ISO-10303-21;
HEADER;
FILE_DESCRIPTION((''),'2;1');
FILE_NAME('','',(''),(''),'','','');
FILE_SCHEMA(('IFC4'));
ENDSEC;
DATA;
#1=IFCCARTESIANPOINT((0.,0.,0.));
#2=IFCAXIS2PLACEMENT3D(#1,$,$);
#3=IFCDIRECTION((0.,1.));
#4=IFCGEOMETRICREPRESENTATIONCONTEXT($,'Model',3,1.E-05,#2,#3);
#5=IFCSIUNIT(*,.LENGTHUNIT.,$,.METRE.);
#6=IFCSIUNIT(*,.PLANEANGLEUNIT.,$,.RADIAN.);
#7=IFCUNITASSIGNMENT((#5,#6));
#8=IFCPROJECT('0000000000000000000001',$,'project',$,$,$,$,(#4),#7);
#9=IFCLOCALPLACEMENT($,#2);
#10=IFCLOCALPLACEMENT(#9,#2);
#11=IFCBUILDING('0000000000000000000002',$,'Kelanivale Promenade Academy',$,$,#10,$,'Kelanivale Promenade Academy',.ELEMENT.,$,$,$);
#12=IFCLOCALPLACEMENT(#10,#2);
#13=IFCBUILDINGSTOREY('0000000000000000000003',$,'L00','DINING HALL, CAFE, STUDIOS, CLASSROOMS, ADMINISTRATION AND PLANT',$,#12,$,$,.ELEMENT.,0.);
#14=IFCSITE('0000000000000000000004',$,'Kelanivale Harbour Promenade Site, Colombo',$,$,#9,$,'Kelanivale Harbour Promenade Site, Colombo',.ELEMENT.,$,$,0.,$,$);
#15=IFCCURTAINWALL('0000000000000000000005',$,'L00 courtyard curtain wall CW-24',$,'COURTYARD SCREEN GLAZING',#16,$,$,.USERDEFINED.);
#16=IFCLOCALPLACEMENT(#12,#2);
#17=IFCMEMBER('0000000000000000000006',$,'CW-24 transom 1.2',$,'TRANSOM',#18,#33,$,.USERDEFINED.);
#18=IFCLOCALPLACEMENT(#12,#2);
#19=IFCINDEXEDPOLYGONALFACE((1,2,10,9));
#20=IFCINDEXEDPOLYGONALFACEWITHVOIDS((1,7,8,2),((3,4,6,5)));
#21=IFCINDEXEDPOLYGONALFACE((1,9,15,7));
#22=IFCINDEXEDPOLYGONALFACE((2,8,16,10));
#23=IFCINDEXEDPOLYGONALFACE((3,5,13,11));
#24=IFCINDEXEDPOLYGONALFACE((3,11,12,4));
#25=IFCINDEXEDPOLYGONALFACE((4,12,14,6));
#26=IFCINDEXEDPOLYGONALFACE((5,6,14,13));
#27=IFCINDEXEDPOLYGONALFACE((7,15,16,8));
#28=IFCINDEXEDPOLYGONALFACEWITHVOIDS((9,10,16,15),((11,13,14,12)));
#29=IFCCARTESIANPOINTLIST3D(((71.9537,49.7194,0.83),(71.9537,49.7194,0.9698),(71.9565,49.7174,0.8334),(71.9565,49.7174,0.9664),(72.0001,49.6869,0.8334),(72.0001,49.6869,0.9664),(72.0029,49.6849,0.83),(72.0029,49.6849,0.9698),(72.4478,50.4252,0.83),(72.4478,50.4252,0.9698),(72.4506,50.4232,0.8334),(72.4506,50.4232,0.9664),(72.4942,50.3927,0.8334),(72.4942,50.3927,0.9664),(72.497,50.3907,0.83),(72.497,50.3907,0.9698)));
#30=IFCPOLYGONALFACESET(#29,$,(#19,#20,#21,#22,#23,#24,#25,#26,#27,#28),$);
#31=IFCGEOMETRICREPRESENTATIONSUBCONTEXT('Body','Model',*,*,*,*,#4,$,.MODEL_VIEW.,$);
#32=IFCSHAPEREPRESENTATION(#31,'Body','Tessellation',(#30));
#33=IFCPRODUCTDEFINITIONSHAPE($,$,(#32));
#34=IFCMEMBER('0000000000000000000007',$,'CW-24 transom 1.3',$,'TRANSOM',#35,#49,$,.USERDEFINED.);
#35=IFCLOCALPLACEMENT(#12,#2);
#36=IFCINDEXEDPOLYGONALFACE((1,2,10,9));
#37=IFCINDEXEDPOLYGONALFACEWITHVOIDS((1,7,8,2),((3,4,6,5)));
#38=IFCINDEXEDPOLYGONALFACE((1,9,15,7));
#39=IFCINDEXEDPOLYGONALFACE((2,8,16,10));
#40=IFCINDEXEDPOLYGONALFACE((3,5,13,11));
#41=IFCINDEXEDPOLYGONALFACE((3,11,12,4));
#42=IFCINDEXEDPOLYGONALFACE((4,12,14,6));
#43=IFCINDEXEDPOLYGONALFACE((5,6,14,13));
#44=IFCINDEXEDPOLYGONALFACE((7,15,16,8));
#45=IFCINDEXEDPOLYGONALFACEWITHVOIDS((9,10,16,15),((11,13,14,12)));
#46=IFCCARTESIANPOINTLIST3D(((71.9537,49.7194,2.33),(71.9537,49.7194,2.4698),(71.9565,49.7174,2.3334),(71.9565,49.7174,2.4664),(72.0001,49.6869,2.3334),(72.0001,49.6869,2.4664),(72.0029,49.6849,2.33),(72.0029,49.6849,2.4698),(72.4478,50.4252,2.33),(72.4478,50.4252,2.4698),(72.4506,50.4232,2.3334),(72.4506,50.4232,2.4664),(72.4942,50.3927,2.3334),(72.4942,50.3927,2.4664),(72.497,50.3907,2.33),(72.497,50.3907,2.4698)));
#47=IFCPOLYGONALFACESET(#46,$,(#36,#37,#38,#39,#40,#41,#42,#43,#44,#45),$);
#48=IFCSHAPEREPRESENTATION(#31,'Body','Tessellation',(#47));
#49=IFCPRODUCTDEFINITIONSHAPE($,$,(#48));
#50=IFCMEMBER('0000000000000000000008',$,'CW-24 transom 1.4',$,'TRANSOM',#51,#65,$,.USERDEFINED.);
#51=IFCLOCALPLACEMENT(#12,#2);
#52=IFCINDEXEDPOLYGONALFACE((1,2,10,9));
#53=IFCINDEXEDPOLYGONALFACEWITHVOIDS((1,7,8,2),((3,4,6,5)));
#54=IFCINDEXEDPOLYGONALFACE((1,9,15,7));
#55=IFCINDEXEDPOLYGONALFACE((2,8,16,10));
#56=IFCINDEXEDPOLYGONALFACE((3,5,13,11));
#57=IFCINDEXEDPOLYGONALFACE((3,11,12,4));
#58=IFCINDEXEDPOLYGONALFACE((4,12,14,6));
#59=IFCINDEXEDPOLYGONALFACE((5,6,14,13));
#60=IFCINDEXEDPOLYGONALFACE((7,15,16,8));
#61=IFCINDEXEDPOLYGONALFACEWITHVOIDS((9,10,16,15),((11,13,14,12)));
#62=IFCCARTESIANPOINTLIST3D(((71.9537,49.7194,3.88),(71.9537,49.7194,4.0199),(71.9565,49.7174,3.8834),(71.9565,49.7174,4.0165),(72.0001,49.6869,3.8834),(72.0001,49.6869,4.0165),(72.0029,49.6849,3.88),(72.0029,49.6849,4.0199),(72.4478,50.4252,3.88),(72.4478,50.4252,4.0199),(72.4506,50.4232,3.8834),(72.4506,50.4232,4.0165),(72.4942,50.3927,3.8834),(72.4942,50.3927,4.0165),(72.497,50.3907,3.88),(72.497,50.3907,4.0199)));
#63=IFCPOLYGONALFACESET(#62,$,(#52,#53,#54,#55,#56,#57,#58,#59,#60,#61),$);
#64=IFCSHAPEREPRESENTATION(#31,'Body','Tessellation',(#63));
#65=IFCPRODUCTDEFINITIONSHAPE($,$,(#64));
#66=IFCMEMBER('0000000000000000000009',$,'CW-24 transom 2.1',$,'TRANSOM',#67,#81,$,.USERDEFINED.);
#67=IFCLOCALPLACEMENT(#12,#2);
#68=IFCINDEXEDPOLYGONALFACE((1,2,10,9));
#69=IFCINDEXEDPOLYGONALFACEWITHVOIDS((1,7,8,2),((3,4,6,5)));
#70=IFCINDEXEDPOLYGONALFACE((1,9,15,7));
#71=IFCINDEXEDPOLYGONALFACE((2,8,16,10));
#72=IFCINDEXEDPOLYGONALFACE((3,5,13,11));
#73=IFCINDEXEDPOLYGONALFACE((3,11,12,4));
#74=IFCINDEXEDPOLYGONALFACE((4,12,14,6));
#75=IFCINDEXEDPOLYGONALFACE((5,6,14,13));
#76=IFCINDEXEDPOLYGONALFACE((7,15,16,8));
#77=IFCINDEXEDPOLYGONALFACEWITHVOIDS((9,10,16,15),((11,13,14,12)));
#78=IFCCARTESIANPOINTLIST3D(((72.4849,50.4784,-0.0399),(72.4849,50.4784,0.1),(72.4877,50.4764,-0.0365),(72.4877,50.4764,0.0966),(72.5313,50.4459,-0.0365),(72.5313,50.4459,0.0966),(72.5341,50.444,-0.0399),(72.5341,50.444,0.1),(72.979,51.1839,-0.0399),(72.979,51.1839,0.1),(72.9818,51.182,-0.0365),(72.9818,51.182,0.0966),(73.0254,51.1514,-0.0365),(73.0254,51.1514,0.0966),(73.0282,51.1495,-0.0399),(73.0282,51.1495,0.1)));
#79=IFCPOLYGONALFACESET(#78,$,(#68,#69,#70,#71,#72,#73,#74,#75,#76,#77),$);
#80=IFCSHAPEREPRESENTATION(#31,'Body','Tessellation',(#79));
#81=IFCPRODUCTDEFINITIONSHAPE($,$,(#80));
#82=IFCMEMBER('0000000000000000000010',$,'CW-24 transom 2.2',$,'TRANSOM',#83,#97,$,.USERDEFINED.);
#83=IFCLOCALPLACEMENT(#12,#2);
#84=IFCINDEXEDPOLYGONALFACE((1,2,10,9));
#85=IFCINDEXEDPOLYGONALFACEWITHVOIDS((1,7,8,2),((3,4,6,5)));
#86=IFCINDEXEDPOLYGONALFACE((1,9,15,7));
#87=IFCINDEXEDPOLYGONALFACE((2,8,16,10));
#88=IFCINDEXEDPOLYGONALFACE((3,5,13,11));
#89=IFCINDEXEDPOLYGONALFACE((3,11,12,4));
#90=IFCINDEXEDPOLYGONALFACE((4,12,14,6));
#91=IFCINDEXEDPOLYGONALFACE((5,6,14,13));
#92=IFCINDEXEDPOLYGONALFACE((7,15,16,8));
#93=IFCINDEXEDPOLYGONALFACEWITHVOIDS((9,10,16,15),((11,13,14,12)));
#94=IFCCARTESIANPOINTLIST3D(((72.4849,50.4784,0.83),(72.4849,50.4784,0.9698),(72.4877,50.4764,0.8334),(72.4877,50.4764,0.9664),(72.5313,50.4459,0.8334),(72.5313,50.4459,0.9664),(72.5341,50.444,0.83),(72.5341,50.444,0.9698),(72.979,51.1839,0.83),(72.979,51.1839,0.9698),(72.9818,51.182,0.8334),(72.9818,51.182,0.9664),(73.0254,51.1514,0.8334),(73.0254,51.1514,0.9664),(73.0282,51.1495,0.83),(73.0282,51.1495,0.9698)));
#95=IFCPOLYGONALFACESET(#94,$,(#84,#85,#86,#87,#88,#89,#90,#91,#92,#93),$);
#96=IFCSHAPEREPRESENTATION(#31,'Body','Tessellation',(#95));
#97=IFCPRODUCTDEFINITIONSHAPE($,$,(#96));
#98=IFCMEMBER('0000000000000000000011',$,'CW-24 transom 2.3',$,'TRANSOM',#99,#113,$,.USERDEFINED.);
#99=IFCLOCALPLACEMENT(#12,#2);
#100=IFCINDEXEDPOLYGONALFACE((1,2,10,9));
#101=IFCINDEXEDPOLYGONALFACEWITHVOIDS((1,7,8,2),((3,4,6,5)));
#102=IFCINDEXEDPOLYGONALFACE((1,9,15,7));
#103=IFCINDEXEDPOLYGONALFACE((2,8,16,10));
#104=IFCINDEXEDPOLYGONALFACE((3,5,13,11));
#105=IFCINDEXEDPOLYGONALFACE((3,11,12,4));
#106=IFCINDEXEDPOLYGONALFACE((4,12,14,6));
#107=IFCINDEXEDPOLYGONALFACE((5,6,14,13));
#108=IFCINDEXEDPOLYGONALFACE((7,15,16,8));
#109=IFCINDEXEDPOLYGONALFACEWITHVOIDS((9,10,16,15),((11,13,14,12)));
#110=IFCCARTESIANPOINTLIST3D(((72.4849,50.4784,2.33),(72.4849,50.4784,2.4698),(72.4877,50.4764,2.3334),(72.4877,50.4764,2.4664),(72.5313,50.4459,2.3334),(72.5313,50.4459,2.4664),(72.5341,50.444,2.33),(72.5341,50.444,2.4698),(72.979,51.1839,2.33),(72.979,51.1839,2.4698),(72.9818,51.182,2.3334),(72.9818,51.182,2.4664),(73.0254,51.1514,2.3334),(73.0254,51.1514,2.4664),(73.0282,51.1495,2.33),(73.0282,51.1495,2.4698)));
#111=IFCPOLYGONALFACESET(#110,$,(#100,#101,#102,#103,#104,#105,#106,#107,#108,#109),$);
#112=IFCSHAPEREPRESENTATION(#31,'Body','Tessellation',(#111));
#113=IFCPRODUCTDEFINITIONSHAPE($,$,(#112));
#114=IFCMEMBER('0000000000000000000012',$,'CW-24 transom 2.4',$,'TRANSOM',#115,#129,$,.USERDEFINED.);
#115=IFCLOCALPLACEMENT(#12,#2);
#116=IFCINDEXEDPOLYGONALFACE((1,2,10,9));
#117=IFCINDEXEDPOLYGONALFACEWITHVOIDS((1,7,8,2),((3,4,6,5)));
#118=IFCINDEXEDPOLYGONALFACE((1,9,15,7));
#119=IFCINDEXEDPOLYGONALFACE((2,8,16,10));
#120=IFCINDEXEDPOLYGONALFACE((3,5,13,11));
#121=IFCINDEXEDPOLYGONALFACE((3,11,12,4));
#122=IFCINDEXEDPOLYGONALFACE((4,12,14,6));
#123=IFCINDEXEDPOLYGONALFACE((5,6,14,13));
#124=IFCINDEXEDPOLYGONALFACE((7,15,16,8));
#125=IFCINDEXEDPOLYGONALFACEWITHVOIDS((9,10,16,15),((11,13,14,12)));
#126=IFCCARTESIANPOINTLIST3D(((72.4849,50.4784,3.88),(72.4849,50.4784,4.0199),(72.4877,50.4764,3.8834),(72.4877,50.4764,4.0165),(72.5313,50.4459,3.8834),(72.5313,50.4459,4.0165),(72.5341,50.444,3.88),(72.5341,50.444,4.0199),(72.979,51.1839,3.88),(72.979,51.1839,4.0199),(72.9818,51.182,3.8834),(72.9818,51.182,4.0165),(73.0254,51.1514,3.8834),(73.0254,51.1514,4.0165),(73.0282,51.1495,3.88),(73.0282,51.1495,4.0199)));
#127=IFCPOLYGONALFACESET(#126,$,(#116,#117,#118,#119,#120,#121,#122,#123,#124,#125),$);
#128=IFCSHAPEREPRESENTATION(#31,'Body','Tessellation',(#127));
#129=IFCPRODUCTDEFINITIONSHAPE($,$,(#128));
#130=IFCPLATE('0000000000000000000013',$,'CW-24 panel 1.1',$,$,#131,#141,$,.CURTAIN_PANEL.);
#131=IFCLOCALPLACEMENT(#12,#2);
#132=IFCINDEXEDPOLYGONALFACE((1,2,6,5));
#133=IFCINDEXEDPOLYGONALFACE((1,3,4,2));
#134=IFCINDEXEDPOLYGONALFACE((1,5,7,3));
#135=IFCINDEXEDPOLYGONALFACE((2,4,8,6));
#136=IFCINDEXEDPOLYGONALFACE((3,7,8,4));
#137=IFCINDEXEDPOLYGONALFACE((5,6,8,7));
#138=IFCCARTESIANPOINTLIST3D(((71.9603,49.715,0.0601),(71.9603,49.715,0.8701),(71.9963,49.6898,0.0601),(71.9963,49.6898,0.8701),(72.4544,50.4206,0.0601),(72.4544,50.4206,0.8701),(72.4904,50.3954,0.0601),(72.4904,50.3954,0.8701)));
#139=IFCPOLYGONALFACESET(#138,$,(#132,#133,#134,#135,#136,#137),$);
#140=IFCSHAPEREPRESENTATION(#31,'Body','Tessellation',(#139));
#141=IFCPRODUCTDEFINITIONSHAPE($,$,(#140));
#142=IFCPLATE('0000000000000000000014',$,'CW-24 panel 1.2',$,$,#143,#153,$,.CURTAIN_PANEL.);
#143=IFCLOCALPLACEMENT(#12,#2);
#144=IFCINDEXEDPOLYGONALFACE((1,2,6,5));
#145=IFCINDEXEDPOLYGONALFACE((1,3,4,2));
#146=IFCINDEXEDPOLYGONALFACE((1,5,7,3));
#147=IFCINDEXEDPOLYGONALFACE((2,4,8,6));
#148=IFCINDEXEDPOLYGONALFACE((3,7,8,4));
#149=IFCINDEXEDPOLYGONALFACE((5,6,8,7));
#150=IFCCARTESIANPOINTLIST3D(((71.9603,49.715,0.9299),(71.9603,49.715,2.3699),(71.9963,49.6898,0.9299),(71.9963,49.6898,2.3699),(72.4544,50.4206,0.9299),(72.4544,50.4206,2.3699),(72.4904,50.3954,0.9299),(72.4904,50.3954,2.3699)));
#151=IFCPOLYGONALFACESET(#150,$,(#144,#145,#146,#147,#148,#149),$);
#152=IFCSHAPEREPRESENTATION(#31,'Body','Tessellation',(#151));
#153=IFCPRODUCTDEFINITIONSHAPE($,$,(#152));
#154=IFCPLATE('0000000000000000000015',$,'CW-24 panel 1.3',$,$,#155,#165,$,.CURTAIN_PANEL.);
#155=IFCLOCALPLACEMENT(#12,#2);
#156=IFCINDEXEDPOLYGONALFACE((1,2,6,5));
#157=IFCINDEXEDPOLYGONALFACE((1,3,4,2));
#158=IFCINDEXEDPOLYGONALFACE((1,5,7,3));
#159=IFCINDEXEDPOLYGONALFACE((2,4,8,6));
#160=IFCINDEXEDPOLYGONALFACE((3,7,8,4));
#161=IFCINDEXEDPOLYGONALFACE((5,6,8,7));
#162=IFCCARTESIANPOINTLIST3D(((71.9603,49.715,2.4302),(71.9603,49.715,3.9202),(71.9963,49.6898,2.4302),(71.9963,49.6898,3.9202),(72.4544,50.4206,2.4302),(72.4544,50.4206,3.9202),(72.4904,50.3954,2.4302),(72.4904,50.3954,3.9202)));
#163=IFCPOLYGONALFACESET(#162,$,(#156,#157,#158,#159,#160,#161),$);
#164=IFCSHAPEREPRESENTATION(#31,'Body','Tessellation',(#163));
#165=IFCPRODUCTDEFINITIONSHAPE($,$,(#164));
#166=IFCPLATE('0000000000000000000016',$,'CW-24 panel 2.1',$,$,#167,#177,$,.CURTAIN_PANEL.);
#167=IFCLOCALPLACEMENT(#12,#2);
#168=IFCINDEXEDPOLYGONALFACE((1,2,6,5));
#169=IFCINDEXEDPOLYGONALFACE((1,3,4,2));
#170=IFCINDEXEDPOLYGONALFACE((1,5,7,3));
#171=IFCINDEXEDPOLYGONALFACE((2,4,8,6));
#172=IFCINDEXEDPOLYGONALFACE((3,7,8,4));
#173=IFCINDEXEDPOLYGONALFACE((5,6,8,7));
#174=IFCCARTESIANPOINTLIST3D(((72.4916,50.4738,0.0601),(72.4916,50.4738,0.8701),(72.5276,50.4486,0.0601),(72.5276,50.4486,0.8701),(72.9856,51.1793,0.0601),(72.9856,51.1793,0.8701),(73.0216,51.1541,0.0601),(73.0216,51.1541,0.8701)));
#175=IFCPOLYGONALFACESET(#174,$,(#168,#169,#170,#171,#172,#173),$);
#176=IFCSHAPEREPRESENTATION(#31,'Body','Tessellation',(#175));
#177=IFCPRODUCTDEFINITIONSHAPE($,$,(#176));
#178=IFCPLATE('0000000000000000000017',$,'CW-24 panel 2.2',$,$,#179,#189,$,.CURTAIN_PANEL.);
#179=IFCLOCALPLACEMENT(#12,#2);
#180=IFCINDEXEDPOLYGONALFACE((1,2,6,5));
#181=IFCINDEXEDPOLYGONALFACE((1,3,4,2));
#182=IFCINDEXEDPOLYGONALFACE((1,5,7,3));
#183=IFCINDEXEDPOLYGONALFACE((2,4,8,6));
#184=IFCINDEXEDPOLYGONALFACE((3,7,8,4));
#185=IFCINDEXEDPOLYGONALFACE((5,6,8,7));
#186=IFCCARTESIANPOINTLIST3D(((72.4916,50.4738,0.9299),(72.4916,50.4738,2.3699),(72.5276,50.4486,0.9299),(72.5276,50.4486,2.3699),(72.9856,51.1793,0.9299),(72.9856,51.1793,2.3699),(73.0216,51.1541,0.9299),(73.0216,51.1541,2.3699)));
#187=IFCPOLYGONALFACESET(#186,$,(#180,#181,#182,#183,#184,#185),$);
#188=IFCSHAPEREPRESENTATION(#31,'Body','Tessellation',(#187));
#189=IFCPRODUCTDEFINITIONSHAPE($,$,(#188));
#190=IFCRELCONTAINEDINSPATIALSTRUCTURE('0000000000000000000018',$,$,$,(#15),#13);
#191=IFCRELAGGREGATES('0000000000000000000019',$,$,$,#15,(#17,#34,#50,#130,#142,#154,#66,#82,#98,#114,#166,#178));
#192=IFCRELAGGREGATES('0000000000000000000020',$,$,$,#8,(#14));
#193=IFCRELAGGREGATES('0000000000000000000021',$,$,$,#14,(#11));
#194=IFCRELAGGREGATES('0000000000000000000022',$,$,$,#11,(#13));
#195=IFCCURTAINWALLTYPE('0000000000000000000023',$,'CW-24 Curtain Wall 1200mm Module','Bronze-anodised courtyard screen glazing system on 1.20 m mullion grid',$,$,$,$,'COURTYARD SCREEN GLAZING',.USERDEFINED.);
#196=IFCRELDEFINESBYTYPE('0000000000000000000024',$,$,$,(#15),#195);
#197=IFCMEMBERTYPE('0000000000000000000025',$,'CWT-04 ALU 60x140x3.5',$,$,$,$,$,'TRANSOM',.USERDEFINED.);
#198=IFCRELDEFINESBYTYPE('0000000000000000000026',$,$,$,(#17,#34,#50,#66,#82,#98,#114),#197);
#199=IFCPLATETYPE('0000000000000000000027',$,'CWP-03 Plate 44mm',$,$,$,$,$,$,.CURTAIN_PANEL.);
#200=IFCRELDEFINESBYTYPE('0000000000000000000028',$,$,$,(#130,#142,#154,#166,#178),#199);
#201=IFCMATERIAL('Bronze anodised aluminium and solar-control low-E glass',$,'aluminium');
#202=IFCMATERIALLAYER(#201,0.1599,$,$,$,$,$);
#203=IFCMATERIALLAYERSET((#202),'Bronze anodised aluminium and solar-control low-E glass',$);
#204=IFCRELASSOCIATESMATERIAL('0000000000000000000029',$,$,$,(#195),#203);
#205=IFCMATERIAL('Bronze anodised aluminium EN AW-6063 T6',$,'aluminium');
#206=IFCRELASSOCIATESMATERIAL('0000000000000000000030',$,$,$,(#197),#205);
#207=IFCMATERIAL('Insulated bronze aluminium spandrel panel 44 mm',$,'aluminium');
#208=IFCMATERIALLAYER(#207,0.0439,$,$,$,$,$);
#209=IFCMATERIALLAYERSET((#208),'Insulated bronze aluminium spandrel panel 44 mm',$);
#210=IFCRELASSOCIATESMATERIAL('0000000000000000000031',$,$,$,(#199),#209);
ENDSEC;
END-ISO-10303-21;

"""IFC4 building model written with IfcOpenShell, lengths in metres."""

from ifc_helpers import new_model, si_unit, direction, frame, origin, origin_2d, place, context, subcontext, project, spatial, rectangle, hollow_rectangle, extrude, material, layer, layer_set, material_profile, profile_set, type_object, element, aggregate, save


model = new_model("IFC4")

# Units and contexts
model_context = context("Model", 3, precision=1e-05, world=origin(), true_north=direction((0.0, 1.0)))
body_context = subcontext(model_context, "Body", "Model", "MODEL_VIEW")
ifc_project = project(units=[si_unit("LENGTHUNIT", "METRE"), si_unit("PLANEANGLEUNIT", "RADIAN")], contexts=[model_context])

# Site, building, storey
site_placement = place(None, origin())
site = spatial("IfcSite", under=ifc_project, at=site_placement, Name="Kelanivale Harbour Promenade Site, Colombo", LongName="Kelanivale Harbour Promenade Site, Colombo", CompositionType="ELEMENT", RefElevation=0.0)
building_placement = place(site_placement, origin())
building = spatial("IfcBuilding", under=site, at=building_placement, Name="Kelanivale Promenade Academy", LongName="Kelanivale Promenade Academy", CompositionType="ELEMENT")
storey_placement = place(building_placement, origin())
storey = spatial("IfcBuildingStorey", under=building, at=storey_placement, Name="L00", Description="DINING HALL, CAFE, STUDIOS, CLASSROOMS, ADMINISTRATION AND PLANT", CompositionType="ELEMENT", Elevation=0.0)

# Shared definitions
ifc_material_1 = material(Name="Bronze anodised aluminium and solar-control low-E glass", Category="aluminium")
ifc_material_2 = material(Name="Bronze anodised aluminium EN AW-6063 T6", Category="aluminium")

# Curtain wall
ifc_layer_1 = layer(ifc_material_1, 0.1599)
ifc_layer_set_1 = layer_set([ifc_layer_1], Name="Bronze anodised aluminium and solar-control low-E glass")
curtain_wall_type_1 = type_object("IfcCurtainWallType", Name="CW-24 Curtain Wall 1200mm Module", Description="Bronze-anodised courtyard screen glazing system on 1.20 m mullion grid", ElementType="COURTYARD SCREEN GLAZING", PredefinedType="USERDEFINED", material=ifc_layer_set_1)
curtain_wall_1_placement = place(storey_placement, origin())
curtain_wall_1 = element("IfcCurtainWall", 1, at=curtain_wall_1_placement, inside=storey, type_object=curtain_wall_type_1, Name="L00 courtyard curtain wall CW-24", ObjectType="COURTYARD SCREEN GLAZING", PredefinedType="USERDEFINED")

# Members
ifc_material_profile_1 = material_profile(ifc_material_2, hollow_rectangle(XDim=0.0601, YDim=0.1399, WallThickness=0.0034, at=origin_2d()), Name="ALU 60x140x3.5")
ifc_profile_set_1 = profile_set([ifc_material_profile_1], Name="Bronze anodised aluminium EN AW-6063 T6")
member_type_1 = type_object("IfcMemberType", Name="CWT-04 ALU 60x140x3.5", ElementType="TRANSOM", PredefinedType="USERDEFINED", material=ifc_profile_set_1)
member_1_placement = place(storey_placement, frame((71.9783, 49.7021, 0.8999), z_axis=(0.573519, 0.819192, 0.0), x_axis=(-0.819192, 0.573519, 0.0)))
member_1 = element("IfcMember", 2, at=member_1_placement, type_object=member_type_1, Name="CW-24 transom 1.2", ObjectType="TRANSOM", PredefinedType="USERDEFINED", context=body_context, shape_type="SweptSolid", body=[
    extrude(hollow_rectangle(XDim=0.0601, YDim=0.1399, WallThickness=0.0034, at=origin_2d()), origin(), (0.0, 0.0, 1.0), 0.8616),
])
member_2_placement = place(storey_placement, frame((71.9783, 49.7021, 2.3999), z_axis=(0.573519, 0.819192, 0.0), x_axis=(-0.819192, 0.573519, 0.0)))
member_2 = element("IfcMember", 3, at=member_2_placement, type_object=member_type_1, Name="CW-24 transom 1.3", ObjectType="TRANSOM", PredefinedType="USERDEFINED", context=body_context, shape_type="SweptSolid", body=[
    extrude(hollow_rectangle(XDim=0.0601, YDim=0.1399, WallThickness=0.0034, at=origin_2d()), origin(), (0.0, 0.0, 1.0), 0.8616),
])
member_3_placement = place(storey_placement, frame((71.9783, 49.7021, 3.95), z_axis=(0.573519, 0.819192, 0.0), x_axis=(-0.819192, 0.573519, 0.0)))
member_3 = element("IfcMember", 4, at=member_3_placement, type_object=member_type_1, Name="CW-24 transom 1.4", ObjectType="TRANSOM", PredefinedType="USERDEFINED", context=body_context, shape_type="SweptSolid", body=[
    extrude(hollow_rectangle(XDim=0.0601, YDim=0.1399, WallThickness=0.0034, at=origin_2d()), origin(), (0.0, 0.0, 1.0), 0.8616),
])
member_4_placement = place(storey_placement, frame((72.5095, 50.4612, 0.03), z_axis=(0.573653, 0.819099, 0.0), x_axis=(-0.819099, 0.573653, 0.0)))
member_4 = element("IfcMember", 5, at=member_4_placement, type_object=member_type_1, Name="CW-24 transom 2.1", ObjectType="TRANSOM", PredefinedType="USERDEFINED", context=body_context, shape_type="SweptSolid", body=[
    extrude(hollow_rectangle(XDim=0.0601, YDim=0.1399, WallThickness=0.0034, at=origin_2d()), origin(), (0.0, 0.0, 1.0), 0.8613),
])
member_5_placement = place(storey_placement, frame((72.5095, 50.4612, 0.8999), z_axis=(0.573653, 0.819099, 0.0), x_axis=(-0.819099, 0.573653, 0.0)))
member_5 = element("IfcMember", 6, at=member_5_placement, type_object=member_type_1, Name="CW-24 transom 2.2", ObjectType="TRANSOM", PredefinedType="USERDEFINED", context=body_context, shape_type="SweptSolid", body=[
    extrude(hollow_rectangle(XDim=0.0601, YDim=0.1399, WallThickness=0.0034, at=origin_2d()), origin(), (0.0, 0.0, 1.0), 0.8613),
])
member_6_placement = place(storey_placement, frame((72.5095, 50.4612, 2.3999), z_axis=(0.573653, 0.819099, 0.0), x_axis=(-0.819099, 0.573653, 0.0)))
member_6 = element("IfcMember", 7, at=member_6_placement, type_object=member_type_1, Name="CW-24 transom 2.3", ObjectType="TRANSOM", PredefinedType="USERDEFINED", context=body_context, shape_type="SweptSolid", body=[
    extrude(hollow_rectangle(XDim=0.0601, YDim=0.1399, WallThickness=0.0034, at=origin_2d()), origin(), (0.0, 0.0, 1.0), 0.8613),
])
member_7_placement = place(storey_placement, frame((72.5095, 50.4612, 3.95), z_axis=(0.573653, 0.819099, 0.0), x_axis=(-0.819099, 0.573653, 0.0)))
member_7 = element("IfcMember", 8, at=member_7_placement, type_object=member_type_1, Name="CW-24 transom 2.4", ObjectType="TRANSOM", PredefinedType="USERDEFINED", context=body_context, shape_type="SweptSolid", body=[
    extrude(hollow_rectangle(XDim=0.0601, YDim=0.1399, WallThickness=0.0034, at=origin_2d()), origin(), (0.0, 0.0, 1.0), 0.8613),
])

# Plates
ifc_material_3 = material(Name="Insulated bronze aluminium spandrel panel 44 mm", Category="aluminium")
ifc_layer_2 = layer(ifc_material_3, 0.0439)
ifc_layer_set_2 = layer_set([ifc_layer_2], Name="Insulated bronze aluminium spandrel panel 44 mm")
plate_type = type_object("IfcPlateType", Name="CWP-03 Plate 44mm", PredefinedType="CURTAIN_PANEL", material=ifc_layer_set_2)
plate_1_placement = place(storey_placement, frame((72.2253, 50.0552, 0.0601), z_axis=(0.0, 0.0, 1.0), x_axis=(0.573567, 0.819158, 0.0)))
plate_1 = element("IfcPlate", 9, at=plate_1_placement, type_object=plate_type, Name="CW-24 panel 1.1", PredefinedType="CURTAIN_PANEL", context=body_context, shape_type="SweptSolid", body=[
    extrude(rectangle(XDim=0.8613, YDim=0.0439, at=origin_2d()), origin(), (0.0, 0.0, 1.0), 0.8101),
])
plate_2_placement = place(storey_placement, frame((72.2253, 50.0552, 0.9299), z_axis=(0.0, 0.0, 1.0), x_axis=(0.573567, 0.819158, 0.0)))
plate_2 = element("IfcPlate", 10, at=plate_2_placement, type_object=plate_type, Name="CW-24 panel 1.2", PredefinedType="CURTAIN_PANEL", context=body_context, shape_type="SweptSolid", body=[
    extrude(rectangle(XDim=0.8613, YDim=0.0439, at=origin_2d()), origin(), (0.0, 0.0, 1.0), 1.4399),
])
plate_3_placement = place(storey_placement, frame((72.2253, 50.0552, 2.4302), z_axis=(0.0, 0.0, 1.0), x_axis=(0.573567, 0.819158, 0.0)))
plate_3 = element("IfcPlate", 11, at=plate_3_placement, type_object=plate_type, Name="CW-24 panel 1.3", PredefinedType="CURTAIN_PANEL", context=body_context, shape_type="SweptSolid", body=[
    extrude(rectangle(XDim=0.8613, YDim=0.0439, at=origin_2d()), origin(), (0.0, 0.0, 1.0), 1.49),
])
plate_4_placement = place(storey_placement, frame((72.7566, 50.814, 0.0601), z_axis=(0.0, 0.0, 1.0), x_axis=(0.573567, 0.819158, 0.0)))
plate_4 = element("IfcPlate", 12, at=plate_4_placement, type_object=plate_type, Name="CW-24 panel 2.1", PredefinedType="CURTAIN_PANEL", context=body_context, shape_type="SweptSolid", body=[
    extrude(rectangle(XDim=0.8613, YDim=0.0439, at=origin_2d()), origin(), (0.0, 0.0, 1.0), 0.8101),
])
plate_5_placement = place(storey_placement, frame((72.7566, 50.814, 0.9299), z_axis=(0.0, 0.0, 1.0), x_axis=(0.573567, 0.819158, 0.0)))
plate_5 = element("IfcPlate", 13, at=plate_5_placement, type_object=plate_type, Name="CW-24 panel 2.2", PredefinedType="CURTAIN_PANEL", context=body_context, shape_type="SweptSolid", body=[
    extrude(rectangle(XDim=0.8613, YDim=0.0439, at=origin_2d()), origin(), (0.0, 0.0, 1.0), 1.4399),
])
aggregate(curtain_wall_1, [member_1, member_2, member_3, plate_1, plate_2, plate_3, member_4, member_5, member_6, member_7, plate_4, plate_5])

save(model, "model.ifc")
